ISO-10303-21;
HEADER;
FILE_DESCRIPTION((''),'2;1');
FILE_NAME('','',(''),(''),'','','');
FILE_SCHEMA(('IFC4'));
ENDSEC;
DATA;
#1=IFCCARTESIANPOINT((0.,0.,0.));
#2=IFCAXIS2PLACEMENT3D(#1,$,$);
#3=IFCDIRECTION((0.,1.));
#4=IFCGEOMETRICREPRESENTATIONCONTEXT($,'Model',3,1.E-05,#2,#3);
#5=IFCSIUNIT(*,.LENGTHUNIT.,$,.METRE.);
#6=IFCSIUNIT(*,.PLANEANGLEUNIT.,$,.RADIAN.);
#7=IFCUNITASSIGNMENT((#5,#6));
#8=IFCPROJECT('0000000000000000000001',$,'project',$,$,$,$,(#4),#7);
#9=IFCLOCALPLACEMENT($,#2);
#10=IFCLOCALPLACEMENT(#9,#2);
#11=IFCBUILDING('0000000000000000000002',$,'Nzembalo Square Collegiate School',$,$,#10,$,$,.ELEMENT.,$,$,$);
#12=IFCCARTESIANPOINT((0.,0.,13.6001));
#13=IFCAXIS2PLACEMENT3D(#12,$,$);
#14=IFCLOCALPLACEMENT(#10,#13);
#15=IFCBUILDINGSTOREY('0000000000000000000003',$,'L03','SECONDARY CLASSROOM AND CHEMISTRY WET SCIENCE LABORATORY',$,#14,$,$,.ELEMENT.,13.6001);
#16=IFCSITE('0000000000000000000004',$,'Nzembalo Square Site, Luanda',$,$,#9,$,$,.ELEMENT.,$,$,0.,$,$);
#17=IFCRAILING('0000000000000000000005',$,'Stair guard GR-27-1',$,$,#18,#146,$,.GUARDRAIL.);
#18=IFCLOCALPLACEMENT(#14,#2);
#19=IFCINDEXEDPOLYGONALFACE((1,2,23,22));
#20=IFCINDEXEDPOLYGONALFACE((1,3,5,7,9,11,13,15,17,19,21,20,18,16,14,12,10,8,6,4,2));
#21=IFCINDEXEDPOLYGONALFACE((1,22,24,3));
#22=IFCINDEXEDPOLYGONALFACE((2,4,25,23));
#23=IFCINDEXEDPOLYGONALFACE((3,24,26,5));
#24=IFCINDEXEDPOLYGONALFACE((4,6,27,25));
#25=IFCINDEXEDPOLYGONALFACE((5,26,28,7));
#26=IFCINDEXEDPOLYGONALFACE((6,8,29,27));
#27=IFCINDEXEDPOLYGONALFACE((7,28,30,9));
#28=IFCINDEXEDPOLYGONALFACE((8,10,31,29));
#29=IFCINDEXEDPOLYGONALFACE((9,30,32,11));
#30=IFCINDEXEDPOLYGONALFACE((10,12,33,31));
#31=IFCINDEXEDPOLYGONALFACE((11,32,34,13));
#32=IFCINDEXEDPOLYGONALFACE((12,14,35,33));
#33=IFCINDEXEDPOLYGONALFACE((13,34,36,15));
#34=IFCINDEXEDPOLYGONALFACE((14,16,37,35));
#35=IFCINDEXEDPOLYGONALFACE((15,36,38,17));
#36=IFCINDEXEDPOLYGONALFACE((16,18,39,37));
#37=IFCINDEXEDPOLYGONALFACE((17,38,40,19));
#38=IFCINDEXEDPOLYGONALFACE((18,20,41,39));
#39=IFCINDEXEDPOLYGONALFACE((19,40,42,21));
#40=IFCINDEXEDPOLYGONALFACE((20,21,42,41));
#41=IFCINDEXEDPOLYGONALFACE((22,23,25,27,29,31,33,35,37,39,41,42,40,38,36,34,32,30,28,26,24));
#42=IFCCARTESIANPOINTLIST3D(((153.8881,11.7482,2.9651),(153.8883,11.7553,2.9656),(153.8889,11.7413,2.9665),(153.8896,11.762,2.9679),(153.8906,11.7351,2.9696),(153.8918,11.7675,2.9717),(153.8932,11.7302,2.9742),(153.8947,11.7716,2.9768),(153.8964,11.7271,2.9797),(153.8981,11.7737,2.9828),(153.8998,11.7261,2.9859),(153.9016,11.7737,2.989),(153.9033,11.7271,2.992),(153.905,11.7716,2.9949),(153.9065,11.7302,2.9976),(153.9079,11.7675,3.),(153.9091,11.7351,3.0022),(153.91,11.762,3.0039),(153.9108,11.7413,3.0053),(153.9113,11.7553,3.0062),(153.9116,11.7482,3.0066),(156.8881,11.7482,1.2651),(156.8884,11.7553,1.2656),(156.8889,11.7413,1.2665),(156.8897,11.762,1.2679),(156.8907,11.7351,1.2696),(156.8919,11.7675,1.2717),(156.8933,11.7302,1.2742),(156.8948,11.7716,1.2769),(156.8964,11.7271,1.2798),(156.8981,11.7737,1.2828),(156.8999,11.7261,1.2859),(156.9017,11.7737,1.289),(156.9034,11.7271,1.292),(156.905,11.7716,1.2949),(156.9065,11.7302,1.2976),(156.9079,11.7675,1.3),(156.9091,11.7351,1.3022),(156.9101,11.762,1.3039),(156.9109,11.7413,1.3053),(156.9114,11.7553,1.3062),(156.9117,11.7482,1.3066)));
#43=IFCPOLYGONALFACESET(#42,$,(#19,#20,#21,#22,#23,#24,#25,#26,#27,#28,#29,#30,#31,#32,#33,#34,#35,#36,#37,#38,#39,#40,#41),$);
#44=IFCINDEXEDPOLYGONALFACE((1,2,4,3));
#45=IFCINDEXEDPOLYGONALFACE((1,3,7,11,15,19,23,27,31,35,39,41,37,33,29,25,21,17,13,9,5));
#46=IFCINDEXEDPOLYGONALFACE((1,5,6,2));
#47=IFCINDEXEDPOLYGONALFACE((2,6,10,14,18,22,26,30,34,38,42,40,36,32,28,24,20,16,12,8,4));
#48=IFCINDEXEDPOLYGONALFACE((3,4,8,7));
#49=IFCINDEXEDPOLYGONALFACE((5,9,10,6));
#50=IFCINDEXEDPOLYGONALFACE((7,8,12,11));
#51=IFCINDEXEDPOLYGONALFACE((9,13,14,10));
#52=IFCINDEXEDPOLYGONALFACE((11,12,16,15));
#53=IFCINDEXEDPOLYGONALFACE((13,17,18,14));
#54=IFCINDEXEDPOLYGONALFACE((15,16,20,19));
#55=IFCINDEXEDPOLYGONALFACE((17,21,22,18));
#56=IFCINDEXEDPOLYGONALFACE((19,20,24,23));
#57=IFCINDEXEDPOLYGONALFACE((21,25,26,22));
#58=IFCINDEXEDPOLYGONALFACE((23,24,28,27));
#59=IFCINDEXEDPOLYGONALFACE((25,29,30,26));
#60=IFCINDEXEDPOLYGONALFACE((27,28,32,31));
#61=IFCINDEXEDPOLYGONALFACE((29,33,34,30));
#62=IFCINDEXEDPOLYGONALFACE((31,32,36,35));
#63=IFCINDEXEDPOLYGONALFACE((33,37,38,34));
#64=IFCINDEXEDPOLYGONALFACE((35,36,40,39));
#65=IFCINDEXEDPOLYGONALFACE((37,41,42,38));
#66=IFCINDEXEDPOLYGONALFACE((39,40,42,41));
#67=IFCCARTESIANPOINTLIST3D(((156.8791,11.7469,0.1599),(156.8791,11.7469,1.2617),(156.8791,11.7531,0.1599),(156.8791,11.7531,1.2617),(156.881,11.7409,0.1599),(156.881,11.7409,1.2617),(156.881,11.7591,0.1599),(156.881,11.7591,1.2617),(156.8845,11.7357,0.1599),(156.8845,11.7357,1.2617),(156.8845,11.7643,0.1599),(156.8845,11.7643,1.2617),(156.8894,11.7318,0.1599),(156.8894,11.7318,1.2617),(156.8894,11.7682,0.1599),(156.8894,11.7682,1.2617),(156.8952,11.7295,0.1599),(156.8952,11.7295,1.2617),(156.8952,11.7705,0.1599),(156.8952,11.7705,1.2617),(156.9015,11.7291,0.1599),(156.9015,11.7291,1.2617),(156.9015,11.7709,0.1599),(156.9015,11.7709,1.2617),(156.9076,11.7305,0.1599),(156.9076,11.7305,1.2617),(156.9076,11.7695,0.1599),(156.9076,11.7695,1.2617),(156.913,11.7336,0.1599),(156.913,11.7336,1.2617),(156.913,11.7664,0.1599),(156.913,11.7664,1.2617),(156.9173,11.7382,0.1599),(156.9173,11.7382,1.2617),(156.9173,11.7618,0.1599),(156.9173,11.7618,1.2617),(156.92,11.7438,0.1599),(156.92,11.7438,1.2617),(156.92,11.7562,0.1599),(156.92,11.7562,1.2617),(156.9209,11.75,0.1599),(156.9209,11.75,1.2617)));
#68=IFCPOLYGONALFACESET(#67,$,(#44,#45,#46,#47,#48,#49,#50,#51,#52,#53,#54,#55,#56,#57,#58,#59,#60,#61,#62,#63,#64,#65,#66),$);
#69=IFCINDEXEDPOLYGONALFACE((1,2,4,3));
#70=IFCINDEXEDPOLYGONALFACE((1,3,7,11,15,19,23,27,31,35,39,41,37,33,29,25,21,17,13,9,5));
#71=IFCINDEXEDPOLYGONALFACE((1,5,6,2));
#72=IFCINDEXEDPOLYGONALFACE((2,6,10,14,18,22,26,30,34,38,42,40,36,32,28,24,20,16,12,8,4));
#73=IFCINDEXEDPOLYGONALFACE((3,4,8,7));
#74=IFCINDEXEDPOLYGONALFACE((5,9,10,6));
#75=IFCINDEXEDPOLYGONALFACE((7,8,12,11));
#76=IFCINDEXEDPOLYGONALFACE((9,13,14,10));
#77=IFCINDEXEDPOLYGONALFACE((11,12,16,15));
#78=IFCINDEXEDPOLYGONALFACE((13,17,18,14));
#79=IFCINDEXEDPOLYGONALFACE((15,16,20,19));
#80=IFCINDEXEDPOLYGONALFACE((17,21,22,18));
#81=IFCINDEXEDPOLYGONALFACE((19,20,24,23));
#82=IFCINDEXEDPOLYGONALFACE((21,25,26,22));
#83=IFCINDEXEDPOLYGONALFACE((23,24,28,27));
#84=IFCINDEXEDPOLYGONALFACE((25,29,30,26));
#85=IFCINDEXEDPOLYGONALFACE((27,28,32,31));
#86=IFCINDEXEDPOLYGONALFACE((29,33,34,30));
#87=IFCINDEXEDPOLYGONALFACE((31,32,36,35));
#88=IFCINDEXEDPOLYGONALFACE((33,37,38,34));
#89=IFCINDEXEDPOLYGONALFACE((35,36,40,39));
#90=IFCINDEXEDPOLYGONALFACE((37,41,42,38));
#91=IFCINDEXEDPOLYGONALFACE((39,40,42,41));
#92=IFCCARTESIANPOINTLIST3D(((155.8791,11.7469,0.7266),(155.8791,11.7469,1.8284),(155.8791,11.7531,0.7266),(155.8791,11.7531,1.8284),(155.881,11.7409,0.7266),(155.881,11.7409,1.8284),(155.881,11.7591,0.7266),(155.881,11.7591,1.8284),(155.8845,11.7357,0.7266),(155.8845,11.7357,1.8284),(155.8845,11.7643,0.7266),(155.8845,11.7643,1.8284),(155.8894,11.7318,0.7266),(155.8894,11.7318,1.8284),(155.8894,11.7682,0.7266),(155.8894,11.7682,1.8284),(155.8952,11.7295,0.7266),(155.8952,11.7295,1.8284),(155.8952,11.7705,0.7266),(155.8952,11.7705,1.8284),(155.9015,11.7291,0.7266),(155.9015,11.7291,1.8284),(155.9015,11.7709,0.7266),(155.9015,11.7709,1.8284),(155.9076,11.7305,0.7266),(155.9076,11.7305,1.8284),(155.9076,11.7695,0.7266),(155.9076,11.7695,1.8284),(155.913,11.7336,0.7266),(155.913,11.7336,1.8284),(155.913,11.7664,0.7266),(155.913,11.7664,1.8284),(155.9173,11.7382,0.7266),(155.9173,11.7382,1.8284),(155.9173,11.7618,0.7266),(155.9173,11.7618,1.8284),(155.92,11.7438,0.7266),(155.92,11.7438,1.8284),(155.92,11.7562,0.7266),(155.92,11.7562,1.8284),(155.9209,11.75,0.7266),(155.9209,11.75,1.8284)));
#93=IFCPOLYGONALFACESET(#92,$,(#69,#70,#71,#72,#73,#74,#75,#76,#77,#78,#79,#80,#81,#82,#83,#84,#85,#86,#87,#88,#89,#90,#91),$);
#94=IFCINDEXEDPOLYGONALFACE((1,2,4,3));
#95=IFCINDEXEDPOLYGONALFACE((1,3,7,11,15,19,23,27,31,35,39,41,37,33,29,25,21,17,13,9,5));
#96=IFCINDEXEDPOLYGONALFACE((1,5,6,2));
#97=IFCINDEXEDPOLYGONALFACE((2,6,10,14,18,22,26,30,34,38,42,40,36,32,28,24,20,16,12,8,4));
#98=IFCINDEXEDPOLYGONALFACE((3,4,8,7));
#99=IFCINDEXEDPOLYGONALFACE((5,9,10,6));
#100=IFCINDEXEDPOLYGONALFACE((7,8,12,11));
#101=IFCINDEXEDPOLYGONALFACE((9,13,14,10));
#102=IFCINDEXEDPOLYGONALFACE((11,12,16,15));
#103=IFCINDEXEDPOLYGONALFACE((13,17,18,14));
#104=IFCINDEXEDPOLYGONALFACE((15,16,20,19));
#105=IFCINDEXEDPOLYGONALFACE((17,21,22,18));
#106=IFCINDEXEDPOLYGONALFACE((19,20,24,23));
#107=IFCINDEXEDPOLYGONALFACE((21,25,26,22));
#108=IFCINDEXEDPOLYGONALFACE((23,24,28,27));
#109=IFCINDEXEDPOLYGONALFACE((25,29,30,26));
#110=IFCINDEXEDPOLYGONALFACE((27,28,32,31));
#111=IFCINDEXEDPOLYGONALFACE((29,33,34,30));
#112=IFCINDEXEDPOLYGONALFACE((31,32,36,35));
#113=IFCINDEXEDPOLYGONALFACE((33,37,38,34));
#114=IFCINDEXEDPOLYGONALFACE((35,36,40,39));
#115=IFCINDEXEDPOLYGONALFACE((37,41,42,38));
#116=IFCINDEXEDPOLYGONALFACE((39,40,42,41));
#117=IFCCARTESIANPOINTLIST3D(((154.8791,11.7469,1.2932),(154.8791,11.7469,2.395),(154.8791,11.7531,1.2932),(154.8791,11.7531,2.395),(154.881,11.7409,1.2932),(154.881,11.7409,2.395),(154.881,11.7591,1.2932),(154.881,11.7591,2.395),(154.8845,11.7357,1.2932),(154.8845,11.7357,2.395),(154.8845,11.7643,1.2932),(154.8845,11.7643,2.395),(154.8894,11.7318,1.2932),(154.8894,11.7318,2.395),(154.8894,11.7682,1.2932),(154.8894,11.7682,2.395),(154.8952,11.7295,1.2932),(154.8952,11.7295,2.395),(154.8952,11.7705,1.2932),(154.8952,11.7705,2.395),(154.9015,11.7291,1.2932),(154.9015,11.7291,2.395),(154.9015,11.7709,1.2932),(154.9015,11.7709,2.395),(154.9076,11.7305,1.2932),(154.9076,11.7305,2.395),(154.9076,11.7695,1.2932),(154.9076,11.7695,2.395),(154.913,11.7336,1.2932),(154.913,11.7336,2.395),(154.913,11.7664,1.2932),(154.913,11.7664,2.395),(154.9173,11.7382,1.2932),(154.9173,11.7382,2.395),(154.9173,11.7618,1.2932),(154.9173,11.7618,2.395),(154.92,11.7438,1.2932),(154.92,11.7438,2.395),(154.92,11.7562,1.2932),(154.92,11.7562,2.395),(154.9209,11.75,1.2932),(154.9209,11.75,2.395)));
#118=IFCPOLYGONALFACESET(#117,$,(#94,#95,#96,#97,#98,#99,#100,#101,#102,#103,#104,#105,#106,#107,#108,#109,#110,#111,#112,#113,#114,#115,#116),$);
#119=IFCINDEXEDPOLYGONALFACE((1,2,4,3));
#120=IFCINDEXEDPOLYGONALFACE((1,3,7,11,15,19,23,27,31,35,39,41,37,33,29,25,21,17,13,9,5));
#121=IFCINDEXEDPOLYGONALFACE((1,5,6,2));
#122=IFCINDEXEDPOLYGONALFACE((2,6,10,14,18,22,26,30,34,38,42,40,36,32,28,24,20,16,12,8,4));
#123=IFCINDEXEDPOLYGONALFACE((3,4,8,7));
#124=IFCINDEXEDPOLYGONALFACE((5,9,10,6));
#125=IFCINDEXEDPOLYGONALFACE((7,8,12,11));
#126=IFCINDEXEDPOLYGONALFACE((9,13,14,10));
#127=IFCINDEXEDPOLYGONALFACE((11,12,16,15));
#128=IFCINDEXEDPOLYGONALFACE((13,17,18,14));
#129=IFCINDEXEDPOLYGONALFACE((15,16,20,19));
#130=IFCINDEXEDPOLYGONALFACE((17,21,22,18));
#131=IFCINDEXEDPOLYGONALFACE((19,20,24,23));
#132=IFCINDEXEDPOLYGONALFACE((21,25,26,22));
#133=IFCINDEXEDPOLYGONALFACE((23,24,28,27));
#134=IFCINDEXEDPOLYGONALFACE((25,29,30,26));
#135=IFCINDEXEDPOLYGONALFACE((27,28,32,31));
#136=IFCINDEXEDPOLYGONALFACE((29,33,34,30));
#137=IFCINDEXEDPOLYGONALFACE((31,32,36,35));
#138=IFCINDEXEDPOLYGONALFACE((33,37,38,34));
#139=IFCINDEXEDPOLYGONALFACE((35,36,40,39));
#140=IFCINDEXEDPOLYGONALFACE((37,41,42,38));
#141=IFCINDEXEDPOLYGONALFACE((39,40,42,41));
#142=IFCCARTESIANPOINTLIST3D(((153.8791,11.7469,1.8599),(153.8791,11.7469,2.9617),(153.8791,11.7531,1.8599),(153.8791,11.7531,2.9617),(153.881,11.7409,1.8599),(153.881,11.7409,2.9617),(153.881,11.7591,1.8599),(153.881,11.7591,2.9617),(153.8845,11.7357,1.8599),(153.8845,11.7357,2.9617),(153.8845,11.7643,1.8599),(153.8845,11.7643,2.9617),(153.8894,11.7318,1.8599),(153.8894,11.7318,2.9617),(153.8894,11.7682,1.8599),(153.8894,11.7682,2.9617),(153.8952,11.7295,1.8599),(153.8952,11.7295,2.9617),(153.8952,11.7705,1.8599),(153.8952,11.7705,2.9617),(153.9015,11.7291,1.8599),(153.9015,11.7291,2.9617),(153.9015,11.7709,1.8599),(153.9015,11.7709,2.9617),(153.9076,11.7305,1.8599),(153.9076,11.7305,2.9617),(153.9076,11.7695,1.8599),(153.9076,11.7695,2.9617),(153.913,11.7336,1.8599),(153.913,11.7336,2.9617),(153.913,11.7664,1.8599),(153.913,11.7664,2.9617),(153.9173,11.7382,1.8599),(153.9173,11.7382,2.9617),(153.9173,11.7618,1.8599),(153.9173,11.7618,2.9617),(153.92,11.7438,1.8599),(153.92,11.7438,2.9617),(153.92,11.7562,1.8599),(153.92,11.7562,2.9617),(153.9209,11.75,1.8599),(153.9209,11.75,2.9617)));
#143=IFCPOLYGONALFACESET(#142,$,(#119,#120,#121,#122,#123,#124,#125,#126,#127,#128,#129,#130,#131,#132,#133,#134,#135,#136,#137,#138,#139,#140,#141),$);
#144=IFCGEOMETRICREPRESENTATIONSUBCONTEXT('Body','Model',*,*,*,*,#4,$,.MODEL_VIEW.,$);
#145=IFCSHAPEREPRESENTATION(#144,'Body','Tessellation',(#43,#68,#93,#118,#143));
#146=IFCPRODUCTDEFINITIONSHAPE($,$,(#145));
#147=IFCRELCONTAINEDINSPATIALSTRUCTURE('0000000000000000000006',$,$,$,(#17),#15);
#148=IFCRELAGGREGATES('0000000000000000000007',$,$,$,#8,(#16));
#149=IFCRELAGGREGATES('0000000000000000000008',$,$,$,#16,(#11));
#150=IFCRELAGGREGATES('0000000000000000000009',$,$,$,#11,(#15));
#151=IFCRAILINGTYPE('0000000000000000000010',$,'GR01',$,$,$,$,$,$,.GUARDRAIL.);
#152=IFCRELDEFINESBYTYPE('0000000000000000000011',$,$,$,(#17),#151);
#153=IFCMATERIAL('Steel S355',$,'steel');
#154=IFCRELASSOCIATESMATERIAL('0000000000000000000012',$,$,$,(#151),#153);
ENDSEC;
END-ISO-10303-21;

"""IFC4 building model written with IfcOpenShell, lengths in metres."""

from ifc_helpers import new_model, si_unit, direction, frame, origin, origin_2d, place, context, subcontext, project, spatial, circle, extrude, material, type_object, element, save


model = new_model("IFC4")

# Units and contexts
model_context = context("Model", 3, precision=1e-05, world=origin(), true_north=direction((0.0, 1.0)))
body_context = subcontext(model_context, "Body", "Model", "MODEL_VIEW")
ifc_project = project(units=[si_unit("LENGTHUNIT", "METRE"), si_unit("PLANEANGLEUNIT", "RADIAN")], contexts=[model_context])

# Site, building, storey
site_placement = place(None, origin())
site = spatial("IfcSite", under=ifc_project, at=site_placement, Name="Nzembalo Square Site, Luanda", CompositionType="ELEMENT", RefElevation=0.0)
building_placement = place(site_placement, origin())
building = spatial("IfcBuilding", under=site, at=building_placement, Name="Nzembalo Square Collegiate School", CompositionType="ELEMENT")
storey_placement = place(building_placement, frame((0.0, 0.0, 13.6001)))
storey = spatial("IfcBuildingStorey", under=building, at=storey_placement, Name="L03", Description="SECONDARY CLASSROOM AND CHEMISTRY WET SCIENCE LABORATORY", CompositionType="ELEMENT", Elevation=13.6001)

# Railing
ifc_material_1 = material(Name="Steel S355", Category="steel")
railing_type_1 = type_object("IfcRailingType", Name="GR01", PredefinedType="GUARDRAIL", material=ifc_material_1)
railing_1_placement = place(storey_placement, frame((156.8999, 11.75, 0.1599)))
element("IfcRailing", 1, at=railing_1_placement, inside=storey, type_object=railing_type_1, Name="Stair guard GR-27-1", PredefinedType="GUARDRAIL", context=body_context, shape_type="SweptSolid", body=[
    extrude(circle(Radius=0.0239, at=origin_2d()), frame((0.0, 0.0, 1.126), z_axis=(-0.870028, 0.0, 0.493002), x_axis=(0.0, -1.0, 0.0)), (0.0, 0.0, 1.0), 3.4482),
    extrude(circle(Radius=0.021, at=origin_2d()), origin(), (0.0, 0.0, 1.0), 1.1018),
    extrude(circle(Radius=0.021, at=origin_2d()), frame((-1.0, 0.0, 0.5667)), (0.0, 0.0, 1.0), 1.1018),
    extrude(circle(Radius=0.021, at=origin_2d()), frame((-2.0, 0.0, 1.1333)), (0.0, 0.0, 1.0), 1.1018),
    extrude(circle(Radius=0.021, at=origin_2d()), frame((-3.0, 0.0, 1.7)), (0.0, 0.0, 1.0), 1.1018),
])

save(model, "model.ifc")
